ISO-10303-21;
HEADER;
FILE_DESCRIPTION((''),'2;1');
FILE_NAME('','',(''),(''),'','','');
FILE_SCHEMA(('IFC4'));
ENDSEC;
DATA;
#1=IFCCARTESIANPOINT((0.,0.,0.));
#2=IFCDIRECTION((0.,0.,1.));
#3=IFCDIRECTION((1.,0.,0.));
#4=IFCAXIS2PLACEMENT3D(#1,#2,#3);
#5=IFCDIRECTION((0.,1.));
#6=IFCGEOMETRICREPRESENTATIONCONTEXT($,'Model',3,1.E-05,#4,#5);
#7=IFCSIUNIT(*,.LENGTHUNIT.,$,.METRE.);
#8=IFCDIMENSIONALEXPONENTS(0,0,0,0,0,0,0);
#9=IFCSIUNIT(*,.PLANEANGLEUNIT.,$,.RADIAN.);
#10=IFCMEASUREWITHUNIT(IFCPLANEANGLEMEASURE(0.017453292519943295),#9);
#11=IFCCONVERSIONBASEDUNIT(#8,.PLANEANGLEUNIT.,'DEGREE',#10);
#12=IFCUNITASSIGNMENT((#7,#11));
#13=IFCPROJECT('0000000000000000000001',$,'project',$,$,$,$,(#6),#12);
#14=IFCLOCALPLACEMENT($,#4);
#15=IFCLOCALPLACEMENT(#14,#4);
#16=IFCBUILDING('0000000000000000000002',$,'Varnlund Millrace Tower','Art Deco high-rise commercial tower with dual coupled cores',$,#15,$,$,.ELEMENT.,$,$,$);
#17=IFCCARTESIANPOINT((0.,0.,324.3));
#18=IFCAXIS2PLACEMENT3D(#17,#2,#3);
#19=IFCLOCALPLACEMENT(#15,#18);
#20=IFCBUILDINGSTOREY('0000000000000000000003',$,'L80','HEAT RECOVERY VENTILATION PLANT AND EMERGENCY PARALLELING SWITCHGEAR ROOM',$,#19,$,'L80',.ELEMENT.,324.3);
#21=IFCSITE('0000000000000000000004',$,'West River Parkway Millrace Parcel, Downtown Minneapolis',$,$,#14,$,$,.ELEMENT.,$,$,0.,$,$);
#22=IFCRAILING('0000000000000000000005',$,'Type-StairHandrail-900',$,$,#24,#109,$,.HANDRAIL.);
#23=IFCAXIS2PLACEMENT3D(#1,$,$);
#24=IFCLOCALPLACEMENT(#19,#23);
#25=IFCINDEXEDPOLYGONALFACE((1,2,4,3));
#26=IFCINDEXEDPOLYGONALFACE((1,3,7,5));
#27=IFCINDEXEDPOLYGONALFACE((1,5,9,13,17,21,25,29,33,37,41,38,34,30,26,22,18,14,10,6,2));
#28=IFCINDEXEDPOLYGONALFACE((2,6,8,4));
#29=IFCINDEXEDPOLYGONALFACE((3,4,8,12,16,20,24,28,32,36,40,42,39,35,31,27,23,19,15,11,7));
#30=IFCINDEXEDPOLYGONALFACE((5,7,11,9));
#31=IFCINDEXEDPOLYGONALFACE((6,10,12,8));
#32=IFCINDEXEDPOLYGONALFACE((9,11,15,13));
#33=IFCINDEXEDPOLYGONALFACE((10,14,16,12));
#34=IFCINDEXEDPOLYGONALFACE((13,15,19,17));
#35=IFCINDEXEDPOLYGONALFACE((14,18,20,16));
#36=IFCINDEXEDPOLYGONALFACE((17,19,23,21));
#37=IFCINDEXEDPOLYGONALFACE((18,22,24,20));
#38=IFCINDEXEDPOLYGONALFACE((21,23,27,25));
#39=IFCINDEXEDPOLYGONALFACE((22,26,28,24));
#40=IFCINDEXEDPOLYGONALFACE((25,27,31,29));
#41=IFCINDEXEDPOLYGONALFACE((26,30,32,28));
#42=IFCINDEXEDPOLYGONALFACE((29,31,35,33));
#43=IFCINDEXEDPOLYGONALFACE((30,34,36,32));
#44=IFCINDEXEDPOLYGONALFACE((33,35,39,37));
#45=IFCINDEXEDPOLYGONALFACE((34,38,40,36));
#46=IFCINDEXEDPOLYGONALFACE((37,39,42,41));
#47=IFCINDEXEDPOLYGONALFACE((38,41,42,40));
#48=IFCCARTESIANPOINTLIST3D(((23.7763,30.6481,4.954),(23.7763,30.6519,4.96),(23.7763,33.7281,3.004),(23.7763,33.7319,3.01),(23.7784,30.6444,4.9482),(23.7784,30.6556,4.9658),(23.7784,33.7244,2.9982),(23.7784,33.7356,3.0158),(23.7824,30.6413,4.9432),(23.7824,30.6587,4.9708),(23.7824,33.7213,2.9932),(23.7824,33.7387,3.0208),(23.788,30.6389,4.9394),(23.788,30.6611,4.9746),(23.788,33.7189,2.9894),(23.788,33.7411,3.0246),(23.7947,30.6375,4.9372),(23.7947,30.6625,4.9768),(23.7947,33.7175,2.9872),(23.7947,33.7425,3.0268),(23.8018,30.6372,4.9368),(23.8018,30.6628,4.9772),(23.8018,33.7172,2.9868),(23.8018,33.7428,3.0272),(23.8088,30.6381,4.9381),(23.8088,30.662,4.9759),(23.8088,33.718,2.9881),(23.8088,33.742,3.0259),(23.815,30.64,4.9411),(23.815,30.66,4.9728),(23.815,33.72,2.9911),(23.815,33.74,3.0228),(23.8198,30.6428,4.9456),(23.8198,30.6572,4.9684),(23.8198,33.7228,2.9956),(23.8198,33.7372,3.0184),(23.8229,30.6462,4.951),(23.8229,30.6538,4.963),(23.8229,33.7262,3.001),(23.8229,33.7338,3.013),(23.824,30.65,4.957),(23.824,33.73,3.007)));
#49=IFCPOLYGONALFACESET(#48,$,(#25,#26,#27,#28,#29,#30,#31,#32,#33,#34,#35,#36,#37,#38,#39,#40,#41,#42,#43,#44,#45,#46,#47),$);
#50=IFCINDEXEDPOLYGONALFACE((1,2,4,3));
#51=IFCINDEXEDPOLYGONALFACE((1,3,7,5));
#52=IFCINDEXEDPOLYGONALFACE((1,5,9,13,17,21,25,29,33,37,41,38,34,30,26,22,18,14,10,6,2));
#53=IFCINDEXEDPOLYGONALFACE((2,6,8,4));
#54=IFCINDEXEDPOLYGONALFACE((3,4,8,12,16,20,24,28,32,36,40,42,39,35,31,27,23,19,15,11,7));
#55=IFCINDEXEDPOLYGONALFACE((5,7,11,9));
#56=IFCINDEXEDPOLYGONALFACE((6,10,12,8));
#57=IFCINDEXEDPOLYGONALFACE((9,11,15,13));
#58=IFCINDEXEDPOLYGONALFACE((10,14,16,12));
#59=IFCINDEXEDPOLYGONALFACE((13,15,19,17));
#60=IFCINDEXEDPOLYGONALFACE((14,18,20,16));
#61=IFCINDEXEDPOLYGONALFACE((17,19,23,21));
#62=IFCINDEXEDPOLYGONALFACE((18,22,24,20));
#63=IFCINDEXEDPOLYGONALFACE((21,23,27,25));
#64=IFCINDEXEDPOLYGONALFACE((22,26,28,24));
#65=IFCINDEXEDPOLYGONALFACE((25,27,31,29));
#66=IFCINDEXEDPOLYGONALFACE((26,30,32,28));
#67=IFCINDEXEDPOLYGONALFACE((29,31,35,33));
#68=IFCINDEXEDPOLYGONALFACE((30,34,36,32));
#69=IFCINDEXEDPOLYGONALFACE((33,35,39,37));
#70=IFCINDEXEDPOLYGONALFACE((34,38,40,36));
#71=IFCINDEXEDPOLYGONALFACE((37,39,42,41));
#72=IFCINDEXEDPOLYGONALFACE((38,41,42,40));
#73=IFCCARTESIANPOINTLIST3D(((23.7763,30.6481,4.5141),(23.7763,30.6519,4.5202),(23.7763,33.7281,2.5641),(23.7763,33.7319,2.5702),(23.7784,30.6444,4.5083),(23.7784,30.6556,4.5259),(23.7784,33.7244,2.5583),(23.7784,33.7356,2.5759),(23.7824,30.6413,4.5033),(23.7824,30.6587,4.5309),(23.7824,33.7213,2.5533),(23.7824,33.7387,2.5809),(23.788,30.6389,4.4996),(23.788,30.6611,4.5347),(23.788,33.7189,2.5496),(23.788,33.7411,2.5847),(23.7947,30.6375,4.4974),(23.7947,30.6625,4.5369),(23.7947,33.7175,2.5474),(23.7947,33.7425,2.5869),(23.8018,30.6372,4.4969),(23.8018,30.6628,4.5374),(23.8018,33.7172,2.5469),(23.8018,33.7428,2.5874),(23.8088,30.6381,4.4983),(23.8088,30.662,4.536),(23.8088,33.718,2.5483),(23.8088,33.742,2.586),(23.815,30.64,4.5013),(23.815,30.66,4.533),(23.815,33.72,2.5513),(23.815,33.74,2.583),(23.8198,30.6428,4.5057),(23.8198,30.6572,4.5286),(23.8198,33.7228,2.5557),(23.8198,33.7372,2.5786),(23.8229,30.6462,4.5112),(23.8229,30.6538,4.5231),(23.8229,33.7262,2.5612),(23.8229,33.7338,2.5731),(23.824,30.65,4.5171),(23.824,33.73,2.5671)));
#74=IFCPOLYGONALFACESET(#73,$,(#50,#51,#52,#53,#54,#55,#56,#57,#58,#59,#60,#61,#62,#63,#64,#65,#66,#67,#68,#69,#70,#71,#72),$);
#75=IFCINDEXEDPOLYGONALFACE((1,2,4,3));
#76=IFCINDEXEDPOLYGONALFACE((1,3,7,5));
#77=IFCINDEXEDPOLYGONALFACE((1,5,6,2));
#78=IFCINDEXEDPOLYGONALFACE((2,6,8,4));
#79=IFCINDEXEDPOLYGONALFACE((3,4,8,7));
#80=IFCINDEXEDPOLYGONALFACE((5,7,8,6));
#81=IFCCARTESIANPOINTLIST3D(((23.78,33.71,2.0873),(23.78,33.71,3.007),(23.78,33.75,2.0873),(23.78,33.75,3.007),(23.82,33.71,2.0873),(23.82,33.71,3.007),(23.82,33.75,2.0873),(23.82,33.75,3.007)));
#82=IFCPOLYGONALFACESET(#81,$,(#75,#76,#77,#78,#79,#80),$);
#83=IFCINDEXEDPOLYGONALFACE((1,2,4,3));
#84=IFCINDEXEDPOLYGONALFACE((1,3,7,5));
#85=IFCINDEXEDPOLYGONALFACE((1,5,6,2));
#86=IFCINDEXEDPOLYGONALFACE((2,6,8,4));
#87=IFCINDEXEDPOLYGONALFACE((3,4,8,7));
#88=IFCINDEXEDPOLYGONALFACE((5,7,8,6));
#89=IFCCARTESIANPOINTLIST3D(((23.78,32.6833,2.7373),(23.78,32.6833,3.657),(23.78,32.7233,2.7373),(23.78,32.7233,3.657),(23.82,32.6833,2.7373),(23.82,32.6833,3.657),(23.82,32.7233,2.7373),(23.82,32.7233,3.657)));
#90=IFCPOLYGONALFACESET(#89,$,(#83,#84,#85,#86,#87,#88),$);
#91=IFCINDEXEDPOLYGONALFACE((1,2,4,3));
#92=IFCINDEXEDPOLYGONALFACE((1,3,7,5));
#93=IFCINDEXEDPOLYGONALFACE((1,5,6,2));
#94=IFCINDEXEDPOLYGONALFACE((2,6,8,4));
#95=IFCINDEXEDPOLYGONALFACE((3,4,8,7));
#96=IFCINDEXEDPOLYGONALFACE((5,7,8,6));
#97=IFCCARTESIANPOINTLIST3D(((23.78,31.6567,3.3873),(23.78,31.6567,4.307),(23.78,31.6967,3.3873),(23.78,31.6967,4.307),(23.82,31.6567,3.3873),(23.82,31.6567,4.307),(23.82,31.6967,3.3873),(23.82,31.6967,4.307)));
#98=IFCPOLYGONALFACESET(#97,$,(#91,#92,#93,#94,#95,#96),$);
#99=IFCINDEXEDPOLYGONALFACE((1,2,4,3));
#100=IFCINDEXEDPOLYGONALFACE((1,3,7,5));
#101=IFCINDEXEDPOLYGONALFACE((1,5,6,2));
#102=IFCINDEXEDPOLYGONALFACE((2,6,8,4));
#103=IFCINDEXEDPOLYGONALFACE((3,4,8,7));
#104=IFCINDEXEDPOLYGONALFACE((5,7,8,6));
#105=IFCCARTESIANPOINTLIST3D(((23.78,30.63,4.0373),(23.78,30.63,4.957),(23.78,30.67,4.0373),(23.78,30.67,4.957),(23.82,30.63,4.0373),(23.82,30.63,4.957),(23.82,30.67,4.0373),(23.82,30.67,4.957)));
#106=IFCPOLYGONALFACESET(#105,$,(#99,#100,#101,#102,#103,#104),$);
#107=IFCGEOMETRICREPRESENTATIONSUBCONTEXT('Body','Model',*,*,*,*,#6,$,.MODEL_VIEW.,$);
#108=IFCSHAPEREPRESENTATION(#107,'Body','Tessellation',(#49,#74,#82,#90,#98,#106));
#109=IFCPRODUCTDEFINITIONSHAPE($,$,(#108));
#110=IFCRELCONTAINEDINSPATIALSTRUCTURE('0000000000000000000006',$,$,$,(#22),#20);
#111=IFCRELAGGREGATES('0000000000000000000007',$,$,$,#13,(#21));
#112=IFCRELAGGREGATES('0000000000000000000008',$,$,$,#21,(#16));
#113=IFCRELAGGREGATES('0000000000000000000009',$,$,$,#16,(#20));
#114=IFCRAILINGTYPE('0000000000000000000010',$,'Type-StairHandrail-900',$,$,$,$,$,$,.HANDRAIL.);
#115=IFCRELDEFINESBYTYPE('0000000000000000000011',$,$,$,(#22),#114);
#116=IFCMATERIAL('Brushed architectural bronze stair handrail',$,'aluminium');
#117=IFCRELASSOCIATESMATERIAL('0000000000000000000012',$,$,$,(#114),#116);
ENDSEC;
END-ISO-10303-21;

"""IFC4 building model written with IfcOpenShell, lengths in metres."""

from ifc_helpers import new_model, entity, si_unit, converted_unit, direction, frame, origin_with_axes, origin_2d_with_axis, place, context, subcontext, project, spatial, rectangle, circle, extrude, material, type_object, element, save


model = new_model("IFC4")

# Units and contexts
model_context = context("Model", 3, precision=1e-05, world=origin_with_axes(), true_north=direction((0.0, 1.0)))
body_context = subcontext(model_context, "Body", "Model", "MODEL_VIEW")
ifc_project = project(units=[si_unit("LENGTHUNIT", "METRE"), converted_unit("PLANEANGLEUNIT", "DEGREE", entity("IfcPlaneAngleMeasure", 0.017453292519943295), si_unit("PLANEANGLEUNIT", "RADIAN"), dimensions=[0, 0, 0, 0, 0, 0, 0])], contexts=[model_context])

# Site, building, storey
site_placement = place(None, origin_with_axes())
site = spatial("IfcSite", under=ifc_project, at=site_placement, Name="West River Parkway Millrace Parcel, Downtown Minneapolis", CompositionType="ELEMENT", RefElevation=0.0)
building_placement = place(site_placement, origin_with_axes())
building = spatial("IfcBuilding", under=site, at=building_placement, Name="Varnlund Millrace Tower", Description="Art Deco high-rise commercial tower with dual coupled cores", CompositionType="ELEMENT")
storey_placement = place(building_placement, frame((0.0, 0.0, 324.3), z_axis=(0.0, 0.0, 1.0), x_axis=(1.0, 0.0, 0.0)))
storey = spatial("IfcBuildingStorey", under=building, at=storey_placement, Name="L80", Description="HEAT RECOVERY VENTILATION PLANT AND EMERGENCY PARALLELING SWITCHGEAR ROOM", LongName="L80", CompositionType="ELEMENT", Elevation=324.3)

# Railing
ifc_material_1 = material(Name="Brushed architectural bronze stair handrail", Category="aluminium")
railing_type_1 = type_object("IfcRailingType", Name="Type-StairHandrail-900", PredefinedType="HANDRAIL", material=ifc_material_1)
railing_1_placement = place(storey_placement, frame((0.0, 0.0, -324.3), z_axis=(0.0, 0.0, 1.0), x_axis=(1.0, 0.0, 0.0)))
element("IfcRailing", 1, at=railing_1_placement, inside=storey, type_object=railing_type_1, Name="Type-StairHandrail-900", PredefinedType="HANDRAIL", context=body_context, shape_type="SweptSolid", body=[
    extrude(circle(Radius=0.024, at=origin_2d_with_axis()), frame((23.8, 33.73, 327.307), z_axis=(0.0, -0.844902, 0.534922), x_axis=(1.0, 0.0, 0.0)), (0.0, 0.0, 1.0), 3.6454),
    extrude(circle(Radius=0.024, at=origin_2d_with_axis()), frame((23.8, 33.73, 326.8671), z_axis=(0.0, -0.844902, 0.534922), x_axis=(1.0, 0.0, 0.0)), (0.0, 0.0, 1.0), 3.6454),
    extrude(rectangle(XDim=0.04, YDim=0.04, at=origin_2d_with_axis()), frame((23.8, 33.73, 326.3873), z_axis=(0.0, 0.0, 1.0), x_axis=(1.0, 0.0, 0.0)), (0.0, 0.0, 1.0), 0.9197),
    extrude(rectangle(XDim=0.04, YDim=0.04, at=origin_2d_with_axis()), frame((23.8, 32.7033, 327.0373), z_axis=(0.0, 0.0, 1.0), x_axis=(1.0, 0.0, 0.0)), (0.0, 0.0, 1.0), 0.9197),
    extrude(rectangle(XDim=0.04, YDim=0.04, at=origin_2d_with_axis()), frame((23.8, 31.6767, 327.6873), z_axis=(0.0, 0.0, 1.0), x_axis=(1.0, 0.0, 0.0)), (0.0, 0.0, 1.0), 0.9197),
    extrude(rectangle(XDim=0.04, YDim=0.04, at=origin_2d_with_axis()), frame((23.8, 30.65, 328.3373), z_axis=(0.0, 0.0, 1.0), x_axis=(1.0, 0.0, 0.0)), (0.0, 0.0, 1.0), 0.9197),
])

save(model, "model.ifc")
